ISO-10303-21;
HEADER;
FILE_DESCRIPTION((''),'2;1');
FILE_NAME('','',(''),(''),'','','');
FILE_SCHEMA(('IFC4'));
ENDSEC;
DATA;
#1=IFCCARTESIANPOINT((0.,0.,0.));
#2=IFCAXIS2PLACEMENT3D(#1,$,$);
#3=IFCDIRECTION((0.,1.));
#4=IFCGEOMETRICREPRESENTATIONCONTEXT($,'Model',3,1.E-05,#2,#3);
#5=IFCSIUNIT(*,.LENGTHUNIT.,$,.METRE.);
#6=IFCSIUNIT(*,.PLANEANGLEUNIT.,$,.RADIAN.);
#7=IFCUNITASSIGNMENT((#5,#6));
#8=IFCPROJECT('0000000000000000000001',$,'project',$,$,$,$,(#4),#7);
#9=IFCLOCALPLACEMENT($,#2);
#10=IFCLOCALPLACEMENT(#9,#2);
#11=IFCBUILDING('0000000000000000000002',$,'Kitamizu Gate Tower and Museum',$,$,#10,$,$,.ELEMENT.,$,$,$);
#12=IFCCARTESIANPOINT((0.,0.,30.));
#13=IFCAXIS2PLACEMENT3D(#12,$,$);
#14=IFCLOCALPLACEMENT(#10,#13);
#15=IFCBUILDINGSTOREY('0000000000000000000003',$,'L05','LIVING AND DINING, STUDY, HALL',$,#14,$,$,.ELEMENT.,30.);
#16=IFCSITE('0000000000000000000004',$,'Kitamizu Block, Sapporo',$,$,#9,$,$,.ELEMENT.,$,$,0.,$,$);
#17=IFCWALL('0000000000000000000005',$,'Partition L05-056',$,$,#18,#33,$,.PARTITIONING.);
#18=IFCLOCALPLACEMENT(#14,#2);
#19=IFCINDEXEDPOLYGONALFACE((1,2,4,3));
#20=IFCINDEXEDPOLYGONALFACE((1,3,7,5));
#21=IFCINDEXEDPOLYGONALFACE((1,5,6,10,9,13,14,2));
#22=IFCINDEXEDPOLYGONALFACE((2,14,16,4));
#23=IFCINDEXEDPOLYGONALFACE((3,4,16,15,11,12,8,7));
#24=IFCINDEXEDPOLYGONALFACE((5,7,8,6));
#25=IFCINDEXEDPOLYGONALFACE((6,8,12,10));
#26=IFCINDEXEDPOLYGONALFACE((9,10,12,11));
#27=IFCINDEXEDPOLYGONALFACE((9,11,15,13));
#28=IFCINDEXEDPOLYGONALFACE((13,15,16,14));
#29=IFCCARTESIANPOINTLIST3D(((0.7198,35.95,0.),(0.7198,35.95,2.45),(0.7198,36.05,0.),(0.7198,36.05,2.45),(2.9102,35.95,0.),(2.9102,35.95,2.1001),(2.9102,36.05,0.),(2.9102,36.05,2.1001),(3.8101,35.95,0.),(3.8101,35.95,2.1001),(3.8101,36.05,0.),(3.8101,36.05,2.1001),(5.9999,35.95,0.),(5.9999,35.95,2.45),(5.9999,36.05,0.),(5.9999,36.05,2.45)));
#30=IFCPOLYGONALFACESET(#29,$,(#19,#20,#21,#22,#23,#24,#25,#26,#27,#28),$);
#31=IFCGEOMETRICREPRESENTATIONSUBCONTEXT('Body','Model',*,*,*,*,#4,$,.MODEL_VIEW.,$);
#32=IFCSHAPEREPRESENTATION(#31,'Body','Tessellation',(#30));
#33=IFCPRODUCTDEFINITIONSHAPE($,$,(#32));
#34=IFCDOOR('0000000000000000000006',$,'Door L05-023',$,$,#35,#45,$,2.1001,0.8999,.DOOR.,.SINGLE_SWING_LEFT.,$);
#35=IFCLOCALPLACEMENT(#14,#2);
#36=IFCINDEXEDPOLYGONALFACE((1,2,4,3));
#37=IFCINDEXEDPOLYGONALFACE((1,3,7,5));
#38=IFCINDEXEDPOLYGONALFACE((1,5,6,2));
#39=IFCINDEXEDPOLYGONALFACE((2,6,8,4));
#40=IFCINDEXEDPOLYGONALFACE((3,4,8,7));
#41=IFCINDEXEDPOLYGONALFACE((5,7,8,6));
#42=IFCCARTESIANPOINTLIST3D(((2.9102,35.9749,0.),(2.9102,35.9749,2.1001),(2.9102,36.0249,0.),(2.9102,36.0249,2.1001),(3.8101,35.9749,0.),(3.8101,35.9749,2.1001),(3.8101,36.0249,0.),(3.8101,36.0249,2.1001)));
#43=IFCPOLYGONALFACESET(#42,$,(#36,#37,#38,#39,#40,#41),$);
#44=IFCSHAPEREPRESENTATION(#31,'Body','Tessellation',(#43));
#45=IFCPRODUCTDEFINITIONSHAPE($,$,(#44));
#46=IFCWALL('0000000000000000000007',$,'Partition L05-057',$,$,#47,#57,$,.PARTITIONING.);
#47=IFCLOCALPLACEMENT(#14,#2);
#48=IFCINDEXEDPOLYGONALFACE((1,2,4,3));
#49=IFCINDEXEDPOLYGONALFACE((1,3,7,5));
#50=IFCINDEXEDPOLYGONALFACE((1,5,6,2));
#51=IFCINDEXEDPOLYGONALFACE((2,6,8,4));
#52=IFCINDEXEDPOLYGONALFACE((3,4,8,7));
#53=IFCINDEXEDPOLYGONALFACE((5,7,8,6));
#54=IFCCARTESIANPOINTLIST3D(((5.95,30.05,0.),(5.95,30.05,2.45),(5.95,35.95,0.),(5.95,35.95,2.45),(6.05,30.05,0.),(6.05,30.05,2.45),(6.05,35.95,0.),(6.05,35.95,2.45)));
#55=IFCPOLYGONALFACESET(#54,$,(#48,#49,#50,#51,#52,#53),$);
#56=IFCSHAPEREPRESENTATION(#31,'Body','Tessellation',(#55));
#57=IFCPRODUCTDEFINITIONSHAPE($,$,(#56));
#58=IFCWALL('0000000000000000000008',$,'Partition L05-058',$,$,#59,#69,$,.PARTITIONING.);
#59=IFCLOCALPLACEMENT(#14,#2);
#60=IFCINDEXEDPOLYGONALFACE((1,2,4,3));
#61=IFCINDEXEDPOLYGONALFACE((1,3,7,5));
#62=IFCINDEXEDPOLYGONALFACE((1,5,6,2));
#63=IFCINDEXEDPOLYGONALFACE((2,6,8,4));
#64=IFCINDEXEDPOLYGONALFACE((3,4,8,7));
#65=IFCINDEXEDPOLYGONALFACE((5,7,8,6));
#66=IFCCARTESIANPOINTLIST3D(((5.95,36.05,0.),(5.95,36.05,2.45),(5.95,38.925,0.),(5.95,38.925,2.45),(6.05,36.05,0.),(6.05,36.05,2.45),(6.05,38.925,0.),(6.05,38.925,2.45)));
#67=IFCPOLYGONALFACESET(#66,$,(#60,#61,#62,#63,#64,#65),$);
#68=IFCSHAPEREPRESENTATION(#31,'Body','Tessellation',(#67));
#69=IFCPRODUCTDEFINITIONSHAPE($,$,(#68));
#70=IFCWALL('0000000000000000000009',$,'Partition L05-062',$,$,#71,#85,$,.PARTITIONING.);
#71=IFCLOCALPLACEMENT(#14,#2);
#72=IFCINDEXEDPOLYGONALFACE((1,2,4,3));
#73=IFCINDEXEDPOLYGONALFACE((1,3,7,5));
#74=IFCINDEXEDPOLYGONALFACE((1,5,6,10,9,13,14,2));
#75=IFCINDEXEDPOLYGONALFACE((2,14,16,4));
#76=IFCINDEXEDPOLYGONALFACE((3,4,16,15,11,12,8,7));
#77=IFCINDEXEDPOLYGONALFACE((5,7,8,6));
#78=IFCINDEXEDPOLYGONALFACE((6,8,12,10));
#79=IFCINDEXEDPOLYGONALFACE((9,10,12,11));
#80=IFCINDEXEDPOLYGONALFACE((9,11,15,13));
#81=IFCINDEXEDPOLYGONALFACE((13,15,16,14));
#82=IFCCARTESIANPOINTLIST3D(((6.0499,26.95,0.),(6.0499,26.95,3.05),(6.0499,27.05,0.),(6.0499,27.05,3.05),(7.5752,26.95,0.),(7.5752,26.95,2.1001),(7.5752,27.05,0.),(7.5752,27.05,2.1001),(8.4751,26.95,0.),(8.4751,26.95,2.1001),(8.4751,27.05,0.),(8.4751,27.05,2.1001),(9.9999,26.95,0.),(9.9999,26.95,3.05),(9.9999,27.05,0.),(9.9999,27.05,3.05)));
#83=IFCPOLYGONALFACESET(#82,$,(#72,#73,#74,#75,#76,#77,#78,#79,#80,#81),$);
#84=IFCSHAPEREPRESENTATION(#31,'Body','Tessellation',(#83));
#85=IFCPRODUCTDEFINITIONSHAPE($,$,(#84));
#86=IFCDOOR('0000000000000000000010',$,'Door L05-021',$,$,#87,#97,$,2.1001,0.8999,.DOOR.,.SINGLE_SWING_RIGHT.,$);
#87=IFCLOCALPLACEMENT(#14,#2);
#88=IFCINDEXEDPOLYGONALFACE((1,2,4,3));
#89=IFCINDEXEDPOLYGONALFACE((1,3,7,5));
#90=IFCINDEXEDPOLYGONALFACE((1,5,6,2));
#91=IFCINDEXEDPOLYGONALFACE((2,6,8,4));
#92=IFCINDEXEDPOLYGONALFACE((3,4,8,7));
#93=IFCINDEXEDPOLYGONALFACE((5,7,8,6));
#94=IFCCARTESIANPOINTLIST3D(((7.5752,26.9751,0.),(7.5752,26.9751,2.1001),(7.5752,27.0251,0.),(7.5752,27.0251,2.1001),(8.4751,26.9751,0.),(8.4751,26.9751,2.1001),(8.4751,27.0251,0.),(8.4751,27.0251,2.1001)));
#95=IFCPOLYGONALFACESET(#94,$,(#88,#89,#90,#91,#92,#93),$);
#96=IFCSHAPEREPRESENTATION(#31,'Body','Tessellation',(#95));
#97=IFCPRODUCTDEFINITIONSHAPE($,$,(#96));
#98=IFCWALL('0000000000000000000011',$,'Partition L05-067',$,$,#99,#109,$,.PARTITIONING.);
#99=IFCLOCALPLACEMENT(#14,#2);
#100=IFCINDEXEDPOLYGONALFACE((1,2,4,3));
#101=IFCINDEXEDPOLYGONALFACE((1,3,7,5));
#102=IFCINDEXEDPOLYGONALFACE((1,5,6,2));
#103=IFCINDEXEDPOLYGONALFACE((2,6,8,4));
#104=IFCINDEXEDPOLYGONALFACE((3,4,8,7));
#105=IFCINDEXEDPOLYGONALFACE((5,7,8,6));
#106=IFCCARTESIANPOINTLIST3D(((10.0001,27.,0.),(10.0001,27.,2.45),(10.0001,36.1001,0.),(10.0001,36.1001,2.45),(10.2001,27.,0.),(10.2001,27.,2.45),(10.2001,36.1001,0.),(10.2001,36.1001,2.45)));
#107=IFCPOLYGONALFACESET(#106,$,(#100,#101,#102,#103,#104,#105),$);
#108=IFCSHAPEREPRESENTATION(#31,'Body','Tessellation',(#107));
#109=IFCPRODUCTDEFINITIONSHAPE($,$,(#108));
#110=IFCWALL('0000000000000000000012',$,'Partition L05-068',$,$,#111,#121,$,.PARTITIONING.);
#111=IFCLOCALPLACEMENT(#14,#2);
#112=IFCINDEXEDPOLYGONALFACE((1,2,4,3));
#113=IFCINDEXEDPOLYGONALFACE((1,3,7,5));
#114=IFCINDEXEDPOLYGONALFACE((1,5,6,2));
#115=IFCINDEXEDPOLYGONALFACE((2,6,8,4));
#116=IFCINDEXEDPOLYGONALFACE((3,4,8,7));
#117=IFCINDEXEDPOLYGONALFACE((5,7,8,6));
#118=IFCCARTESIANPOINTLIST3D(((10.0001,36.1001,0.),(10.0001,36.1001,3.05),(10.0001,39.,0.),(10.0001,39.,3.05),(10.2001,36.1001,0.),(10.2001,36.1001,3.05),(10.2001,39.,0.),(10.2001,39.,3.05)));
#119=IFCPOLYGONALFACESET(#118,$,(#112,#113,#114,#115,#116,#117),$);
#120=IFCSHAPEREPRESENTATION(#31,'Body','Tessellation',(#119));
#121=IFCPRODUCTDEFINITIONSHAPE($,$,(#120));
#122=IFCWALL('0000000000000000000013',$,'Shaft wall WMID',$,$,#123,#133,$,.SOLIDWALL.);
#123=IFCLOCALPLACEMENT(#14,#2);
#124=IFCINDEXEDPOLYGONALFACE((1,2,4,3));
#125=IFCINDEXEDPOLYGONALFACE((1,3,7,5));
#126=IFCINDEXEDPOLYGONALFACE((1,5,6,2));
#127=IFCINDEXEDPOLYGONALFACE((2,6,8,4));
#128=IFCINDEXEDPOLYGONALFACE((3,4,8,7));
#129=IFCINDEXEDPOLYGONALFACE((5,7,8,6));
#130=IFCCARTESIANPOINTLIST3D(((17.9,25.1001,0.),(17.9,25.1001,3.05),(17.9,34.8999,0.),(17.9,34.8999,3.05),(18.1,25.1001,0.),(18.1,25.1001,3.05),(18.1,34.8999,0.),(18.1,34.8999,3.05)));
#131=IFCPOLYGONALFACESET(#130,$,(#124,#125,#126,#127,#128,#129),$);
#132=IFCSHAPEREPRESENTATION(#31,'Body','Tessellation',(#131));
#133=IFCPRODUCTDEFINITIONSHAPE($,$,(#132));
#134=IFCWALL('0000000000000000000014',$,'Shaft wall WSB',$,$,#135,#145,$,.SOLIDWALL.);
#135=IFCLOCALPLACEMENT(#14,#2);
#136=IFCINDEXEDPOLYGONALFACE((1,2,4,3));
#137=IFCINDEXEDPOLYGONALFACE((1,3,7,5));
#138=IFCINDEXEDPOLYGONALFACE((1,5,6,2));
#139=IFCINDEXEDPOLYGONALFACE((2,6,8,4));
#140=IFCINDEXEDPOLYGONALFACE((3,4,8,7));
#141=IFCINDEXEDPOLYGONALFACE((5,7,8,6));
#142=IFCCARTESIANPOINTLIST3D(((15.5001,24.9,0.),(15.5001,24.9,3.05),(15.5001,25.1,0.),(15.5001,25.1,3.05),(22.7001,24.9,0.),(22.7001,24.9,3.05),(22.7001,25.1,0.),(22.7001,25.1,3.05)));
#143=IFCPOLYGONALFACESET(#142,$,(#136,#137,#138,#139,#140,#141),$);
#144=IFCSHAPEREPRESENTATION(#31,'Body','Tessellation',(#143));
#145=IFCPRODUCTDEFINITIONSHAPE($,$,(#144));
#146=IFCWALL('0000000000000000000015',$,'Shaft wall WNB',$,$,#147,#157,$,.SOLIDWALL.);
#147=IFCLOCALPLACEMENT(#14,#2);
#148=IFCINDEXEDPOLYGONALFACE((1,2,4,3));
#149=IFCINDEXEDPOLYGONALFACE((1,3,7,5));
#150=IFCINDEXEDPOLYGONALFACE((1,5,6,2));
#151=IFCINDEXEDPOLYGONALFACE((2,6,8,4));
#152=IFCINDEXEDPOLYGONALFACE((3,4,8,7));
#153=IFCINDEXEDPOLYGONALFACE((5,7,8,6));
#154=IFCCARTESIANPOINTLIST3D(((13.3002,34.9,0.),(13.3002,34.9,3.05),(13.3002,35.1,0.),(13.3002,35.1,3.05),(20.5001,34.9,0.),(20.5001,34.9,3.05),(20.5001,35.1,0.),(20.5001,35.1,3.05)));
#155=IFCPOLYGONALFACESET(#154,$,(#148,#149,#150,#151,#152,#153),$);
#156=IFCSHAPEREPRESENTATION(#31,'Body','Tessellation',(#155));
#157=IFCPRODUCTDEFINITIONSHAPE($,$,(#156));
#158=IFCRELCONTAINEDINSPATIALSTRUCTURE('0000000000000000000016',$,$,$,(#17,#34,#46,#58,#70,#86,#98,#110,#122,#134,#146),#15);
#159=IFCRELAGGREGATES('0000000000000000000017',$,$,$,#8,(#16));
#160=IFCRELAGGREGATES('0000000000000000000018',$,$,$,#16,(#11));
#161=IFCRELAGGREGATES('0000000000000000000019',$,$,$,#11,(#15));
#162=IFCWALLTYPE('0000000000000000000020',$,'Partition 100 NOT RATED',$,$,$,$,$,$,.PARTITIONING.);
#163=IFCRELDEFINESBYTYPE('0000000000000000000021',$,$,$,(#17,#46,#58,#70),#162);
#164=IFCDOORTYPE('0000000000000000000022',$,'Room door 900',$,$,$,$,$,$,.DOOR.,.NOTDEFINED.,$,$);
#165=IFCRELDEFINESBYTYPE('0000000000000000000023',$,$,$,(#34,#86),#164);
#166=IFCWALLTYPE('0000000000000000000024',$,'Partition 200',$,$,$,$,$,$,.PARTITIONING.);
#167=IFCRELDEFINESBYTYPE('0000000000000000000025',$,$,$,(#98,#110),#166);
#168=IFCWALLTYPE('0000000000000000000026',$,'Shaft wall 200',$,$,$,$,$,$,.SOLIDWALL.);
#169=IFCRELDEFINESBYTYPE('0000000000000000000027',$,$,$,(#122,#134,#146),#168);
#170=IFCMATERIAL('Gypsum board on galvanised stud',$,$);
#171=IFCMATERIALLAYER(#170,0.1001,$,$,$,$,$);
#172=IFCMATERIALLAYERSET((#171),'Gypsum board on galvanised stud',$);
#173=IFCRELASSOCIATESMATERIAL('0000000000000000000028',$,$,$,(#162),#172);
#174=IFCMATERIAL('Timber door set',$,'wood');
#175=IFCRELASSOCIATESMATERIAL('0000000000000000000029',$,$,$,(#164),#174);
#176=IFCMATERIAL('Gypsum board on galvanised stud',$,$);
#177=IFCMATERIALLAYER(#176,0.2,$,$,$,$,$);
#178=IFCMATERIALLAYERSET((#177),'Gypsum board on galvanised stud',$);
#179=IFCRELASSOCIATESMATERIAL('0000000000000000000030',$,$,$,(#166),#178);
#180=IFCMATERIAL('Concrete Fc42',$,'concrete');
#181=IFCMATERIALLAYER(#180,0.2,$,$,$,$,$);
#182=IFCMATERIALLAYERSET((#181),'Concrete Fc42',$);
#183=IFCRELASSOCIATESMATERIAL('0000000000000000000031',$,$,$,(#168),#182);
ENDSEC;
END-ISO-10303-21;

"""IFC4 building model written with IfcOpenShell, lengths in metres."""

from ifc_helpers import new_model, si_unit, direction, frame, frame_2d, origin, place, context, subcontext, project, spatial, rectangle, extrude, material, layer, layer_set, type_object, element, fill, save


model = new_model("IFC4")

# Units and contexts
model_context = context("Model", 3, precision=1e-05, world=origin(), true_north=direction((0.0, 1.0)))
body_context = subcontext(model_context, "Body", "Model", "MODEL_VIEW")
ifc_project = project(units=[si_unit("LENGTHUNIT", "METRE"), si_unit("PLANEANGLEUNIT", "RADIAN")], contexts=[model_context])

# Site, building, storey
site_placement = place(None, origin())
site = spatial("IfcSite", under=ifc_project, at=site_placement, Name="Kitamizu Block, Sapporo", CompositionType="ELEMENT", RefElevation=0.0)
building_placement = place(site_placement, origin())
building = spatial("IfcBuilding", under=site, at=building_placement, Name="Kitamizu Gate Tower and Museum", CompositionType="ELEMENT")
storey_placement = place(building_placement, frame((0.0, 0.0, 30.0)))
storey = spatial("IfcBuildingStorey", under=building, at=storey_placement, Name="L05", Description="LIVING AND DINING, STUDY, HALL", CompositionType="ELEMENT", Elevation=30.0)

# Shared definitions
ifc_material_1 = material(Name="Gypsum board on galvanised stud")
ifc_layer_1 = layer(ifc_material_1, 0.1001)
ifc_layer_set_1 = layer_set([ifc_layer_1], Name="Gypsum board on galvanised stud")
wall_type_1 = type_object("IfcWallType", Name="Partition 100 NOT RATED", PredefinedType="PARTITIONING", material=ifc_layer_set_1)
ifc_material_2 = material(Name="Timber door set", Category="wood")
door_type_1 = type_object("IfcDoorType", Name="Room door 900", OperationType="NOTDEFINED", PredefinedType="DOOR", material=ifc_material_2)

# Wall, opening, door
wall_1_placement = place(storey_placement, frame((6.0, 36.0, 0.0), z_axis=(0.0, 0.0, 1.0), x_axis=(-1.0, 0.0, 0.0)))
wall_1 = element("IfcWall", 1, at=wall_1_placement, inside=storey, type_object=wall_type_1, Name="Partition L05-056", PredefinedType="PARTITIONING", context=body_context, shape_type="SweptSolid", body=[
    extrude(rectangle(XDim=5.28, YDim=0.1001, at=frame_2d((2.6401, 0.0))), origin(), (0.0, 0.0, 1.0), 2.45),
])
opening_1_placement = place(wall_1_placement, frame((2.1899, 0.0, 0.0)))
opening_1 = element("IfcOpeningElement", 2, at=opening_1_placement, cuts=wall_1, PredefinedType="OPENING", context=body_context, shape_type="SweptSolid", body=[
    extrude(rectangle(XDim=0.8999, YDim=2.1001, at=frame_2d((0.45, 1.05))), frame((0.0, 0.0601, 0.0), z_axis=(0.0, -1.0, 0.0), x_axis=(1.0, 0.0, 0.0)), (0.0, 0.0, 1.0), 0.1201),
])
door_1_placement = place(opening_1_placement, frame((0.8999, 0.0, 0.0), x_axis=(-1.0, 0.0, 0.0)))
door_1 = element("IfcDoor", 3, at=door_1_placement, inside=storey, type_object=door_type_1, Name="Door L05-023", OperationType="SINGLE_SWING_LEFT", OverallHeight=2.1001, OverallWidth=0.8999, PredefinedType="DOOR", context=body_context, shape_type="SweptSolid", body=[
    extrude(rectangle(XDim=0.8999, YDim=2.1001, at=frame_2d((0.45, 1.05))), frame((0.0, 0.0249, 0.0), z_axis=(0.0, -1.0, 0.0), x_axis=(1.0, 0.0, 0.0)), (0.0, 0.0, 1.0), 0.05),
])
fill(opening_1, door_1)

# Walls
wall_2_placement = place(storey_placement, frame((6.0, 30.05, 0.0), z_axis=(0.0, 0.0, 1.0), x_axis=(0.0, 1.0, 0.0)))
element("IfcWall", 4, at=wall_2_placement, inside=storey, type_object=wall_type_1, Name="Partition L05-057", PredefinedType="PARTITIONING", context=body_context, shape_type="SweptSolid", body=[
    extrude(rectangle(XDim=5.8999, YDim=0.1001, at=frame_2d((2.95, 0.0))), origin(), (0.0, 0.0, 1.0), 2.45),
])
wall_3_placement = place(storey_placement, frame((6.0, 36.05, 0.0), z_axis=(0.0, 0.0, 1.0), x_axis=(0.0, 1.0, 0.0)))
element("IfcWall", 5, at=wall_3_placement, inside=storey, type_object=wall_type_1, Name="Partition L05-058", PredefinedType="PARTITIONING", context=body_context, shape_type="SweptSolid", body=[
    extrude(rectangle(XDim=2.875, YDim=0.1001, at=frame_2d((1.4375, 0.0))), origin(), (0.0, 0.0, 1.0), 2.45),
])

# Wall, opening, door
wall_4_placement = place(storey_placement, frame((10.0, 27.0, 0.0), z_axis=(0.0, 0.0, 1.0), x_axis=(-1.0, 0.0, 0.0)))
wall_4 = element("IfcWall", 6, at=wall_4_placement, inside=storey, type_object=wall_type_1, Name="Partition L05-062", PredefinedType="PARTITIONING", context=body_context, shape_type="SweptSolid", body=[
    extrude(rectangle(XDim=3.95, YDim=0.1001, at=frame_2d((1.9751, 0.0))), origin(), (0.0, 0.0, 1.0), 3.05),
])
opening_2_placement = place(wall_4_placement, frame((1.5249, 0.0, 0.0)))
opening_2 = element("IfcOpeningElement", 7, at=opening_2_placement, cuts=wall_4, PredefinedType="OPENING", context=body_context, shape_type="SweptSolid", body=[
    extrude(rectangle(XDim=0.8999, YDim=2.1001, at=frame_2d((0.45, 1.05))), frame((0.0, 0.0601, 0.0), z_axis=(0.0, -1.0, 0.0), x_axis=(1.0, 0.0, 0.0)), (0.0, 0.0, 1.0), 0.1201),
])
door_2_placement = place(opening_2_placement, origin())
door_2 = element("IfcDoor", 8, at=door_2_placement, inside=storey, type_object=door_type_1, Name="Door L05-021", OperationType="SINGLE_SWING_RIGHT", OverallHeight=2.1001, OverallWidth=0.8999, PredefinedType="DOOR", context=body_context, shape_type="SweptSolid", body=[
    extrude(rectangle(XDim=0.8999, YDim=2.1001, at=frame_2d((0.45, 1.05))), frame((0.0, 0.0249, 0.0), z_axis=(0.0, -1.0, 0.0), x_axis=(1.0, 0.0, 0.0)), (0.0, 0.0, 1.0), 0.05),
])
fill(opening_2, door_2)

# Walls
ifc_material_3 = material(Name="Gypsum board on galvanised stud")
ifc_layer_2 = layer(ifc_material_3, 0.2)
ifc_layer_set_2 = layer_set([ifc_layer_2], Name="Gypsum board on galvanised stud")
wall_type_2 = type_object("IfcWallType", Name="Partition 200", PredefinedType="PARTITIONING", material=ifc_layer_set_2)
wall_5_placement = place(storey_placement, frame((10.1001, 27.0, 0.0), z_axis=(0.0, 0.0, 1.0), x_axis=(0.0, 1.0, 0.0)))
element("IfcWall", 9, at=wall_5_placement, inside=storey, type_object=wall_type_2, Name="Partition L05-067", PredefinedType="PARTITIONING", context=body_context, shape_type="SweptSolid", body=[
    extrude(rectangle(XDim=9.1001, YDim=0.2, at=frame_2d((4.55, 0.0))), origin(), (0.0, 0.0, 1.0), 2.45),
])
wall_6_placement = place(storey_placement, frame((10.1001, 36.1001, 0.0), z_axis=(0.0, 0.0, 1.0), x_axis=(0.0, 1.0, 0.0)))
element("IfcWall", 10, at=wall_6_placement, inside=storey, type_object=wall_type_2, Name="Partition L05-068", PredefinedType="PARTITIONING", context=body_context, shape_type="SweptSolid", body=[
    extrude(rectangle(XDim=2.8999, YDim=0.2, at=frame_2d((1.45, 0.0))), origin(), (0.0, 0.0, 1.0), 3.05),
])
ifc_material_4 = material(Name="Concrete Fc42", Category="concrete")
ifc_layer_3 = layer(ifc_material_4, 0.2)
ifc_layer_set_3 = layer_set([ifc_layer_3], Name="Concrete Fc42")
wall_type_3 = type_object("IfcWallType", Name="Shaft wall 200", PredefinedType="SOLIDWALL", material=ifc_layer_set_3)
wall_7_placement = place(storey_placement, frame((18.0, 25.1001, 0.0), z_axis=(0.0, 0.0, 1.0), x_axis=(0.0, 1.0, 0.0)))
element("IfcWall", 11, at=wall_7_placement, inside=storey, type_object=wall_type_3, Name="Shaft wall WMID", PredefinedType="SOLIDWALL", context=body_context, shape_type="SweptSolid", body=[
    extrude(rectangle(XDim=9.7998, YDim=0.2, at=frame_2d((4.8999, 0.0))), origin(), (0.0, 0.0, 1.0), 3.05),
])
for number, where, z_axis, x_axis, name in (
    (12, (15.5, 25.0, 0.0), (0.0, 0.0, 1.0), (1.0, 0.0, 0.0), "Shaft wall WSB"),
    (13, (13.3, 35.0, 0.0), (0.0, 0.0, 1.0), (1.0, 0.0, 0.0), "Shaft wall WNB"),
):
    element("IfcWall", number, at=place(storey_placement, frame(where, z_axis=z_axis, x_axis=x_axis)), inside=storey, type_object=wall_type_3, Name=name, PredefinedType="SOLIDWALL", context=body_context, shape_type="SweptSolid", body=[
        extrude(rectangle(XDim=7.2, YDim=0.2, at=frame_2d((3.6001, 0.0))), origin(), (0.0, 0.0, 1.0), 3.05),
    ])

save(model, "model.ifc")
